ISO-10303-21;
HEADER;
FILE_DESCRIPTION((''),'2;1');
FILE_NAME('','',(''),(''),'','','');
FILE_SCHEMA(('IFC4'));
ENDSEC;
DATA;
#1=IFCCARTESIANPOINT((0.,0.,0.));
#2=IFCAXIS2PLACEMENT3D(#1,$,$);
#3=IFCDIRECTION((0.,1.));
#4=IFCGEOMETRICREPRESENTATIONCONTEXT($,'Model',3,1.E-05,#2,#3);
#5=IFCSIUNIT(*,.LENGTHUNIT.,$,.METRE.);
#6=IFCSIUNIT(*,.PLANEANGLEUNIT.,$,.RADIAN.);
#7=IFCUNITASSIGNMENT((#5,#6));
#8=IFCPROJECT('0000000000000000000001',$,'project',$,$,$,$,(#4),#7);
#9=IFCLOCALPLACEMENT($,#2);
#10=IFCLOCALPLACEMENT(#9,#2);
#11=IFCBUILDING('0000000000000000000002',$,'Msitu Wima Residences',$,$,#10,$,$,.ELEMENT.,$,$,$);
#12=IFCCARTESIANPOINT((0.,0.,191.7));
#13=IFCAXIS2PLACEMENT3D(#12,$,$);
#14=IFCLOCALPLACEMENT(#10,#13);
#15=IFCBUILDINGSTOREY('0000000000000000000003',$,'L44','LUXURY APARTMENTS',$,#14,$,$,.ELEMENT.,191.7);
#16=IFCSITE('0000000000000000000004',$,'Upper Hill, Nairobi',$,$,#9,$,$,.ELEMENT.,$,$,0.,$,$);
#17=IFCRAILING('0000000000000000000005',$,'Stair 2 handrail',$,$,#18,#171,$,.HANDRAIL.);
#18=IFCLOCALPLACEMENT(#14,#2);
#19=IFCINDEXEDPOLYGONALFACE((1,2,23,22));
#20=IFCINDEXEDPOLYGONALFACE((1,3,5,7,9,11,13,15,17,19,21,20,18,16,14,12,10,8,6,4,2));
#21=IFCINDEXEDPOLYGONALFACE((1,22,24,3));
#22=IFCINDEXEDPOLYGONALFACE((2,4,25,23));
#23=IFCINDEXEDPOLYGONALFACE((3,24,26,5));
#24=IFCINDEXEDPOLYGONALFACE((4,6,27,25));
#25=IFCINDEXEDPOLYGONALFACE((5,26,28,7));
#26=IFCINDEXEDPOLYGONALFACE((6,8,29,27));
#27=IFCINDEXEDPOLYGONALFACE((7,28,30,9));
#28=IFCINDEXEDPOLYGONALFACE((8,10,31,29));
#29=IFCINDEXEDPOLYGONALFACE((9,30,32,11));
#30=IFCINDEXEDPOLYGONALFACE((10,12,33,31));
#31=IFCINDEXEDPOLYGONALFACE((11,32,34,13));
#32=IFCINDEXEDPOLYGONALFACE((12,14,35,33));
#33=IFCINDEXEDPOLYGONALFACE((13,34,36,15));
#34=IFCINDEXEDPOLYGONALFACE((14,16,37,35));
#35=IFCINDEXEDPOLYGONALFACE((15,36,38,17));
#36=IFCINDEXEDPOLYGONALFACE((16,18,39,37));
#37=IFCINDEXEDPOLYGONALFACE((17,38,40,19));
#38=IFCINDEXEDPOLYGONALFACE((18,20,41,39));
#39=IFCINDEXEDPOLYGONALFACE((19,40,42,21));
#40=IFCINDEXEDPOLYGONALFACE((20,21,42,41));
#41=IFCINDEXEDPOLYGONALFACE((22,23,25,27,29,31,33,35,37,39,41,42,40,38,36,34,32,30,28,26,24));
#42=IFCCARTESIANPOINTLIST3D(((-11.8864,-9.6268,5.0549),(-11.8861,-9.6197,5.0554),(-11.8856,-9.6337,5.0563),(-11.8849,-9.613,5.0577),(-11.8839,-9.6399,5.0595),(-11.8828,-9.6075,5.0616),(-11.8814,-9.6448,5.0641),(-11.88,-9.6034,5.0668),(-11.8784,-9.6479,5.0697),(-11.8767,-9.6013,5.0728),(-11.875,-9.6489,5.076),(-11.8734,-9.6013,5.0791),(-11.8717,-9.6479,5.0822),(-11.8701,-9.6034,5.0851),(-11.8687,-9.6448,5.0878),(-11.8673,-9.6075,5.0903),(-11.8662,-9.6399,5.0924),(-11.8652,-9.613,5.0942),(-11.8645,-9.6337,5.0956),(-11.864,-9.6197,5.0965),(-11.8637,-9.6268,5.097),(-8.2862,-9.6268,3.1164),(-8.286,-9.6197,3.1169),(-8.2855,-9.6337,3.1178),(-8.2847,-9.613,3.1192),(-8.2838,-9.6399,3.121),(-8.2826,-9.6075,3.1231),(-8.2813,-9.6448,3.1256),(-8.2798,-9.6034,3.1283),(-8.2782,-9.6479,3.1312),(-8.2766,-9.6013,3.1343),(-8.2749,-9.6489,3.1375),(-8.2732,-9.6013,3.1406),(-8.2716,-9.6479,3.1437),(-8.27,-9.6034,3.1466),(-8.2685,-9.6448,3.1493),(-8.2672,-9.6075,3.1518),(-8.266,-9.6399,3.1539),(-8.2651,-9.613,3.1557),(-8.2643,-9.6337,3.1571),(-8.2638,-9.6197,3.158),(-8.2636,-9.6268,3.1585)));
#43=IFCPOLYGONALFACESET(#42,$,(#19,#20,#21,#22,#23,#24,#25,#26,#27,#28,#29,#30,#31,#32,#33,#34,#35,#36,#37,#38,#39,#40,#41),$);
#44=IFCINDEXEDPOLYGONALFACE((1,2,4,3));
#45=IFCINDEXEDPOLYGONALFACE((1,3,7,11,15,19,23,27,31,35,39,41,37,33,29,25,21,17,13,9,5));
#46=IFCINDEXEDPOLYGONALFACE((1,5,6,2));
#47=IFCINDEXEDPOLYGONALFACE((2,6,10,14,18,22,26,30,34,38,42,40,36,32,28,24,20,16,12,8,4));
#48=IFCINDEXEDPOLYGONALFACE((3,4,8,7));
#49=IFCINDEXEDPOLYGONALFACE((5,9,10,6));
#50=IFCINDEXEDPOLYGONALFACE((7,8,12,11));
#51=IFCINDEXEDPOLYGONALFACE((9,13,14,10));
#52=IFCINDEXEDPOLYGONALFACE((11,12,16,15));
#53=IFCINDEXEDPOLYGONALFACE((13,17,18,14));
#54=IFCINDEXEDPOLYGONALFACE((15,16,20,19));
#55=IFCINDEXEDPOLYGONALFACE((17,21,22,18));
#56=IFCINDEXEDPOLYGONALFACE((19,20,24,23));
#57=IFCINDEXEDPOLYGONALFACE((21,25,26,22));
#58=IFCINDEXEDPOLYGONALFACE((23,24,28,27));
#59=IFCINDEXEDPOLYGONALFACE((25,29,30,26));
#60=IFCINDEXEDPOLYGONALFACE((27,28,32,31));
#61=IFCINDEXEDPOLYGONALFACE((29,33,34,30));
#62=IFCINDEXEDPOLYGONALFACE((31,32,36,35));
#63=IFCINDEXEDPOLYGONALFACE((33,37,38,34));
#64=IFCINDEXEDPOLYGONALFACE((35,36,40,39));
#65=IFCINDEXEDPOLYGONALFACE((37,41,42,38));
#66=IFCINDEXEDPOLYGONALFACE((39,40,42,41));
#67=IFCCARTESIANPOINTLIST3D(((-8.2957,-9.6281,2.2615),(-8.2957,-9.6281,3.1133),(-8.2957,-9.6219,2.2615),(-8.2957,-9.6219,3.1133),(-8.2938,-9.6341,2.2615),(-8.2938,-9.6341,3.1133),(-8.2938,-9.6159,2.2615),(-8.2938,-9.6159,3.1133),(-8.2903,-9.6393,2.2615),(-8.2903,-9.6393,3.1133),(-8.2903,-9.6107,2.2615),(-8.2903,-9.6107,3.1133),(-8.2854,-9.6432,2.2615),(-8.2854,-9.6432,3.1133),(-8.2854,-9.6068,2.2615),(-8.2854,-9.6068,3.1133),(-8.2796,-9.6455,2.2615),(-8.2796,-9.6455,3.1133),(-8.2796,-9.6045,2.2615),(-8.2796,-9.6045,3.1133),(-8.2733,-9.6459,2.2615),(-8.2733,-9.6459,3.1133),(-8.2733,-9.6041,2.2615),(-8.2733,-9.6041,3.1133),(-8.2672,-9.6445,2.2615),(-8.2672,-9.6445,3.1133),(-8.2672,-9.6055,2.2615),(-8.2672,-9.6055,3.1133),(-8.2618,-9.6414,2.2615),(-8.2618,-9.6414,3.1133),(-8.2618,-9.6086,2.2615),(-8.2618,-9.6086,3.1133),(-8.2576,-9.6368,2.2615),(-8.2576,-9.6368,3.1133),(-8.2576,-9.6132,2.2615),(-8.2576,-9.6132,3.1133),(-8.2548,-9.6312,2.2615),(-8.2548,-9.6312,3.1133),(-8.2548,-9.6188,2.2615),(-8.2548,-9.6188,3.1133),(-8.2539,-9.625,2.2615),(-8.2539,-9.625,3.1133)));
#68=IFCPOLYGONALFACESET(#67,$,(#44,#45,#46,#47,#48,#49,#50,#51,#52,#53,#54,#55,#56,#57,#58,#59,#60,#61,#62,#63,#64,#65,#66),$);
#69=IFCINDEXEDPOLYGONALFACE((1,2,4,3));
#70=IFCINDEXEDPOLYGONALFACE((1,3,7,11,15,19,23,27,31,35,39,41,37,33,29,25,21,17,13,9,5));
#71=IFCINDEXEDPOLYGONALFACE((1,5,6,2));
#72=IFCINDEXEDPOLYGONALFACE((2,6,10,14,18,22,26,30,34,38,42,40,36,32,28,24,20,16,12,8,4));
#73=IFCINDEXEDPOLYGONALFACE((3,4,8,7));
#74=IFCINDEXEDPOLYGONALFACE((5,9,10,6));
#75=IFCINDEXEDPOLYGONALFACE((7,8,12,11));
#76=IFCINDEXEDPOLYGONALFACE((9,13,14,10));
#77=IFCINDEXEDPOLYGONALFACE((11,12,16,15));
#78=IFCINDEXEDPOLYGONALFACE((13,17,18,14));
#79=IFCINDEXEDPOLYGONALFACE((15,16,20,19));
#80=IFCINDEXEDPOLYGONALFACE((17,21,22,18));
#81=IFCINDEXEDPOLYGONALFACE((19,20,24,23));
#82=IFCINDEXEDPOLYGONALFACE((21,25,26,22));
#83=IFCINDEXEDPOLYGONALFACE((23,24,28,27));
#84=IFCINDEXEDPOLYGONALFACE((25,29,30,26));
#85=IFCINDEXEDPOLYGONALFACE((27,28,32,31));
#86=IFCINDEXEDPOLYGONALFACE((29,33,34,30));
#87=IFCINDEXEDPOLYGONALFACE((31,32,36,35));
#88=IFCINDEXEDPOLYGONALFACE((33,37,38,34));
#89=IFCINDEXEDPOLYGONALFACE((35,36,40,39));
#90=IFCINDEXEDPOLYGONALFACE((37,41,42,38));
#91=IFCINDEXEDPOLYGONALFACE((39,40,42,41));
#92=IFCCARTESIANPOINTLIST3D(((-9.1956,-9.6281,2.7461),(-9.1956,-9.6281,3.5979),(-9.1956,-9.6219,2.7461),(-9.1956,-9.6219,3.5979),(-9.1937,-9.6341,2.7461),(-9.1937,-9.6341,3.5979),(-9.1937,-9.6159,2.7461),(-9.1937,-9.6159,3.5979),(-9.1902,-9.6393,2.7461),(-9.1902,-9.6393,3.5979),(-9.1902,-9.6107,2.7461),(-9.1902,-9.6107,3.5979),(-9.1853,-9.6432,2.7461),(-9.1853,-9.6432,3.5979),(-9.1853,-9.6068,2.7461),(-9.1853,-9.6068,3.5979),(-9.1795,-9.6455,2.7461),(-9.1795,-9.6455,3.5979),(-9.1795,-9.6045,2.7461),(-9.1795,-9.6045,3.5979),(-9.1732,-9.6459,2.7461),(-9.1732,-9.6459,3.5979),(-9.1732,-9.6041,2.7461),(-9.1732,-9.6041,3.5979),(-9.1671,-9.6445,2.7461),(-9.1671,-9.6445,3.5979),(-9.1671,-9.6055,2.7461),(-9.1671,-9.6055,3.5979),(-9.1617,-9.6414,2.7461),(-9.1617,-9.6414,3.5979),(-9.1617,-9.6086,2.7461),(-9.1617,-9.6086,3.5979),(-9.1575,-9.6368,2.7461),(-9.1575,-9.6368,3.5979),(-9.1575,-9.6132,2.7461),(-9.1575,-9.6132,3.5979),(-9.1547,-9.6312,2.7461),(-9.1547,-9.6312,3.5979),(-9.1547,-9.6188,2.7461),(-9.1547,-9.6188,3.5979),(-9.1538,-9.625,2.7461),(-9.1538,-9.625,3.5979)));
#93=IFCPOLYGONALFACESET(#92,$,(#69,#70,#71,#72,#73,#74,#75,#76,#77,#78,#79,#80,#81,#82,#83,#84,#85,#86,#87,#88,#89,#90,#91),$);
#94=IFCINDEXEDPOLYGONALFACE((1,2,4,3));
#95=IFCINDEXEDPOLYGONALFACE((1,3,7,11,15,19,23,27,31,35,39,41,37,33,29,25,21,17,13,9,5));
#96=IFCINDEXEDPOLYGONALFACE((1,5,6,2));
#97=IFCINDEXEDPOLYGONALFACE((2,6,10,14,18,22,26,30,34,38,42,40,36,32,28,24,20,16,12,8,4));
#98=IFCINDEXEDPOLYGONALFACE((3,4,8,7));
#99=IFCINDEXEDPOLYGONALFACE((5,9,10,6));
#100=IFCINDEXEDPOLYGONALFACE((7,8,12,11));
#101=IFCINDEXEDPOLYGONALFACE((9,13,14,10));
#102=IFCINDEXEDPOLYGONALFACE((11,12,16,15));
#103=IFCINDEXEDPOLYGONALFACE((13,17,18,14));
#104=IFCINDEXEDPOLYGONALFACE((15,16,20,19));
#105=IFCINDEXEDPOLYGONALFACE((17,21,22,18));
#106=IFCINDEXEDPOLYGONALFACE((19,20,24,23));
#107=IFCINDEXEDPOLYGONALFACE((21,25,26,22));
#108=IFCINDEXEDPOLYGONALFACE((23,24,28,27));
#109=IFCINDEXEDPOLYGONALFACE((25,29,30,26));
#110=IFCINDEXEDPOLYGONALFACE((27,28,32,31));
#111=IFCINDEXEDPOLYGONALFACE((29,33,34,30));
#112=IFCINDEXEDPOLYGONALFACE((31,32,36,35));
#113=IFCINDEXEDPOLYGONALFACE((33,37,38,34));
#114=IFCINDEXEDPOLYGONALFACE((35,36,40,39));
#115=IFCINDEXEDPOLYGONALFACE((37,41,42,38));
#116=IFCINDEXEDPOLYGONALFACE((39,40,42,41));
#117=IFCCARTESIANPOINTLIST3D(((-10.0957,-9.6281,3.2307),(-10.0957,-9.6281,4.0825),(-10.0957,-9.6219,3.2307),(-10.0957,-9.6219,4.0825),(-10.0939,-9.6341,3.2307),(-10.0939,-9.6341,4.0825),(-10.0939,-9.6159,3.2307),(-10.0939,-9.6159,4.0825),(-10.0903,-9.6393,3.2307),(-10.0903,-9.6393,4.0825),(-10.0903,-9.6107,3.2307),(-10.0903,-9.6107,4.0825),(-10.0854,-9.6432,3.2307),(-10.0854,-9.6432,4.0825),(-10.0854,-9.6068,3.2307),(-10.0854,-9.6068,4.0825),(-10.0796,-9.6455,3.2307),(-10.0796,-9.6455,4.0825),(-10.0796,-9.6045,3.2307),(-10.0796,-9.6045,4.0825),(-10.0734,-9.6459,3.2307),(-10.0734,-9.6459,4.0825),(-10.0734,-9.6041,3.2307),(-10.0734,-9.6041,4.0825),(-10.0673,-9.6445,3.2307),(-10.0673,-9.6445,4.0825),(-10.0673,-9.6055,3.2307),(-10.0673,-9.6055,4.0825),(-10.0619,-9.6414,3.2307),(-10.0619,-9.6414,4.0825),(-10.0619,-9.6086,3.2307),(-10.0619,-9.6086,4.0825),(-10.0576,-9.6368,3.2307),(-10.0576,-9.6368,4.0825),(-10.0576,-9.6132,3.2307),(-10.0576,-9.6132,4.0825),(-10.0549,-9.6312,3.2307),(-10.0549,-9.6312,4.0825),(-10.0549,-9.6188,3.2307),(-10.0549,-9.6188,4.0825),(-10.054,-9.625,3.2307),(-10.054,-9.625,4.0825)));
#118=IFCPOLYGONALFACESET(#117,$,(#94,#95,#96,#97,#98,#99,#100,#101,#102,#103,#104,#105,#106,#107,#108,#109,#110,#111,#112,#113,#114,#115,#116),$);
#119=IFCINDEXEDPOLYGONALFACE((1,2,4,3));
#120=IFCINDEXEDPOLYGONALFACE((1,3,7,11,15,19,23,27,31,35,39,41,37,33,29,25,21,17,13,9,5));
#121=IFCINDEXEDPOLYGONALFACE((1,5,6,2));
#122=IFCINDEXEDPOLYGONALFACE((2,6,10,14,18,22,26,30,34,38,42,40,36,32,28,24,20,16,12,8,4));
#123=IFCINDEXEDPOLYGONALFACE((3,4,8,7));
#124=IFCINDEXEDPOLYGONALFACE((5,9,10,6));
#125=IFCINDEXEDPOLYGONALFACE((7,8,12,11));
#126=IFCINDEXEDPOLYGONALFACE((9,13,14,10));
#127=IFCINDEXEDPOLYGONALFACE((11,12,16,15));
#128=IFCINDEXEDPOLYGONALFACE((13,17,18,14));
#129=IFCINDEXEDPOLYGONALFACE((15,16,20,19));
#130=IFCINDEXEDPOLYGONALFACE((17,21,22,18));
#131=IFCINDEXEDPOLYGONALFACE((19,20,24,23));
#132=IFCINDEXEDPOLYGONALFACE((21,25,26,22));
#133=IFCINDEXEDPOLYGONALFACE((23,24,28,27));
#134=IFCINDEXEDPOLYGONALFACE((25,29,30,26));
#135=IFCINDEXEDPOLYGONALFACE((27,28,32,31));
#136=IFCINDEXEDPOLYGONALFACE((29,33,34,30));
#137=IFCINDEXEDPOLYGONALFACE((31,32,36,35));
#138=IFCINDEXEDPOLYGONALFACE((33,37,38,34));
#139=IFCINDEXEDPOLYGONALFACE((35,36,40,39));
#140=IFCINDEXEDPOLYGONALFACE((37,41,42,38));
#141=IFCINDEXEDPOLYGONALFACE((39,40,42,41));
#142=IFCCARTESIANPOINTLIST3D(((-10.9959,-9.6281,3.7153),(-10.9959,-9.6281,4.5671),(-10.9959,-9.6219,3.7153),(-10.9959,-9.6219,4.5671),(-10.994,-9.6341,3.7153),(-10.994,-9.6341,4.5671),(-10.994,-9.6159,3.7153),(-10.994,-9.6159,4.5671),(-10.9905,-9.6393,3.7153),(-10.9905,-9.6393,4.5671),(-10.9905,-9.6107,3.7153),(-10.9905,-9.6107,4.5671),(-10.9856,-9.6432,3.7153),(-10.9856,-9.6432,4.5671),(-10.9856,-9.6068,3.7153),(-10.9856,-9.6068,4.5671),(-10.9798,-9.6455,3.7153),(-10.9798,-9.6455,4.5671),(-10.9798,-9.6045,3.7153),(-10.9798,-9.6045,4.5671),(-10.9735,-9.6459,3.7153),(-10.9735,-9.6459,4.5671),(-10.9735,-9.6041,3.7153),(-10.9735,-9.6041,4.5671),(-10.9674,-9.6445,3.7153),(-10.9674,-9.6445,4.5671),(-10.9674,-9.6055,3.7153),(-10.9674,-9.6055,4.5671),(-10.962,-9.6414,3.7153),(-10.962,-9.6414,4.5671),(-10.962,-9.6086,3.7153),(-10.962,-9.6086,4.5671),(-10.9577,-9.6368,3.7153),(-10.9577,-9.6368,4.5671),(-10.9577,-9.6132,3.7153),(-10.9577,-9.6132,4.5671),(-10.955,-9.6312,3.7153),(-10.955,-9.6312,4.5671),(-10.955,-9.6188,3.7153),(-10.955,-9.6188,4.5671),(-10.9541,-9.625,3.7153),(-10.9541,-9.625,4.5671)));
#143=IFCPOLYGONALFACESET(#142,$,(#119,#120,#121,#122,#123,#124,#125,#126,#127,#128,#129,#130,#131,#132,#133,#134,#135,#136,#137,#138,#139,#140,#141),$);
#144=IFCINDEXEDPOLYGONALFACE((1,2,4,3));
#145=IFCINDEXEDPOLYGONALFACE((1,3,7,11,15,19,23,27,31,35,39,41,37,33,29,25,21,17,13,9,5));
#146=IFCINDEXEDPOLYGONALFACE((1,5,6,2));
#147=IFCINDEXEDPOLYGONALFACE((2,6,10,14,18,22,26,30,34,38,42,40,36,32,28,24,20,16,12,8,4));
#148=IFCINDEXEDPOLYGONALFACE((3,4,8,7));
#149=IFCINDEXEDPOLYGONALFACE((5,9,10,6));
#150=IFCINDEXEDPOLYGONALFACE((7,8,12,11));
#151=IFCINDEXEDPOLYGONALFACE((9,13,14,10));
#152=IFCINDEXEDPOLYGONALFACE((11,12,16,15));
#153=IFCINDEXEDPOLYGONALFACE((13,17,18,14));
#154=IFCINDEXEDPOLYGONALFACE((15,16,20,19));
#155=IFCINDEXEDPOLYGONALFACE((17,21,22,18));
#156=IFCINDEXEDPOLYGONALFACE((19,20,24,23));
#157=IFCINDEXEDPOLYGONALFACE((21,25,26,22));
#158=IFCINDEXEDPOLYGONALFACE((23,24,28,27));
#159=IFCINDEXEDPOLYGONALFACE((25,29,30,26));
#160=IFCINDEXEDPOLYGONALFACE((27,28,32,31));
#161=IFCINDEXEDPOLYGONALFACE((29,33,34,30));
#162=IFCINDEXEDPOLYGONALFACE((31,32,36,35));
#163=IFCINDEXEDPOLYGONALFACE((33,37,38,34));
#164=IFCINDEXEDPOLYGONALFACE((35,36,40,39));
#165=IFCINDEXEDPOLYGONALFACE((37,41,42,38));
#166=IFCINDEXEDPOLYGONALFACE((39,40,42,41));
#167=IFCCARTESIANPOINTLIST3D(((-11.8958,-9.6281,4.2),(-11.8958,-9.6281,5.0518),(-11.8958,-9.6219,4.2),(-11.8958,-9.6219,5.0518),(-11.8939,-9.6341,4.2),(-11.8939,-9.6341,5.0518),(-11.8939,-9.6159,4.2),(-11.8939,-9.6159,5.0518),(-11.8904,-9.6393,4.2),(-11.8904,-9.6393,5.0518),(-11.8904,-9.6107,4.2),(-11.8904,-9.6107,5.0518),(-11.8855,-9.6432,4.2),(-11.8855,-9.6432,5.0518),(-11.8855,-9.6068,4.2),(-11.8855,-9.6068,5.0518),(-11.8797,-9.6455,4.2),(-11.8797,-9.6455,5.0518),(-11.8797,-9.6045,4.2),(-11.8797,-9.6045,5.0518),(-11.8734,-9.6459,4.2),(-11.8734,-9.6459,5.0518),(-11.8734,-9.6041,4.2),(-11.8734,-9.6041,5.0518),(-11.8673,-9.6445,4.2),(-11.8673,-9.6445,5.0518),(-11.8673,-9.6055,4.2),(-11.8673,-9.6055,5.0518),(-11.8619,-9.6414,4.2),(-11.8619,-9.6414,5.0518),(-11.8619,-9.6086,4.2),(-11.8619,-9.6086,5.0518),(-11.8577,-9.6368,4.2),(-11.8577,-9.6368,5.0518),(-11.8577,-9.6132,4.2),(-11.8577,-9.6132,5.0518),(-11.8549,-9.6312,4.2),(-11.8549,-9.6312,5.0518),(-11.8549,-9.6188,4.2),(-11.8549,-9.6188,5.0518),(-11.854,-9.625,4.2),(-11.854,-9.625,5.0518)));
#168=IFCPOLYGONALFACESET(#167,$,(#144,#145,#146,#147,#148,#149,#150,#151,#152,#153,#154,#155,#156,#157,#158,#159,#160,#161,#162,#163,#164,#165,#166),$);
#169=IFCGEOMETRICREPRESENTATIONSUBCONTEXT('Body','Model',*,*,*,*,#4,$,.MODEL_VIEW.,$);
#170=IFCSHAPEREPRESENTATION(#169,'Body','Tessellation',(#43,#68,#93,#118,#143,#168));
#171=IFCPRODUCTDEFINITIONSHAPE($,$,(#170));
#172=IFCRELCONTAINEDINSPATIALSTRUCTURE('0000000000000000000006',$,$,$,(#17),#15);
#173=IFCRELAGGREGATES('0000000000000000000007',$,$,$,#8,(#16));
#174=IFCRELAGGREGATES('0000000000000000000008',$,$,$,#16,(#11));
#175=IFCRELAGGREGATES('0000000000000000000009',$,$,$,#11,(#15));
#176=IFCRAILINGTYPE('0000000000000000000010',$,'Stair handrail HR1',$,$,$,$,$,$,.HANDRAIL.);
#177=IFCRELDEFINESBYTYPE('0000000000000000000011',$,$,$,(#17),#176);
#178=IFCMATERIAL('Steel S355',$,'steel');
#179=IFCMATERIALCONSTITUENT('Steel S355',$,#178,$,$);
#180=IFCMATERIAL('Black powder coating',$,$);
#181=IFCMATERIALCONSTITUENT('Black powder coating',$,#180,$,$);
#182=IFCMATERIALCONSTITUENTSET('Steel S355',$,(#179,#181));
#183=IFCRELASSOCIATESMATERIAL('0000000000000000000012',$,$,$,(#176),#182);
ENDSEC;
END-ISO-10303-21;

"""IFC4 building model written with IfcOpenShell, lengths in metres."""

from ifc_helpers import new_model, si_unit, direction, frame, origin, origin_2d, place, context, subcontext, project, spatial, circle, extrude, material, constituent, constituent_set, type_object, element, save


model = new_model("IFC4")

# Units and contexts
model_context = context("Model", 3, precision=1e-05, world=origin(), true_north=direction((0.0, 1.0)))
body_context = subcontext(model_context, "Body", "Model", "MODEL_VIEW")
ifc_project = project(units=[si_unit("LENGTHUNIT", "METRE"), si_unit("PLANEANGLEUNIT", "RADIAN")], contexts=[model_context])

# Site, building, storey
site_placement = place(None, origin())
site = spatial("IfcSite", under=ifc_project, at=site_placement, Name="Upper Hill, Nairobi", CompositionType="ELEMENT", RefElevation=0.0)
building_placement = place(site_placement, origin())
building = spatial("IfcBuilding", under=site, at=building_placement, Name="Msitu Wima Residences", CompositionType="ELEMENT")
storey_placement = place(building_placement, frame((0.0, 0.0, 191.7)))
storey = spatial("IfcBuildingStorey", under=building, at=storey_placement, Name="L44", Description="LUXURY APARTMENTS", CompositionType="ELEMENT", Elevation=191.7)

# Railing
ifc_material_1 = material(Name="Steel S355", Category="steel")
ifc_constituent_1 = constituent(ifc_material_1, Name="Steel S355")
ifc_material_2 = material(Name="Black powder coating")
ifc_constituent_2 = constituent(ifc_material_2, Name="Black powder coating")
ifc_constituent_set = constituent_set(constituents=[ifc_constituent_1, ifc_constituent_2], Name="Steel S355")
railing_type = type_object("IfcRailingType", Name="Stair handrail HR1", PredefinedType="HANDRAIL", material=ifc_constituent_set)
for number, where, name in (
    (1, (-8.2749, -9.625, 2.2615), "Stair 2 handrail"),
):
    element("IfcRailing", number, at=place(storey_placement, frame(where)), inside=storey, type_object=railing_type, Name=name, PredefinedType="HANDRAIL", context=body_context, shape_type="SweptSolid", body=[
        extrude(circle(Radius=0.0239, at=origin_2d()), frame((0.0, 0.0, 0.876), z_axis=(-0.880475, 0.0, 0.474093), x_axis=(0.0, -1.0, 0.0)), (0.0, 0.0, 1.0), 4.0889),
        extrude(circle(Radius=0.021, at=origin_2d()), origin(), (0.0, 0.0, 1.0), 0.8518),
        extrude(circle(Radius=0.021, at=origin_2d()), frame((-0.8999, 0.0, 0.4846)), (0.0, 0.0, 1.0), 0.8518),
        extrude(circle(Radius=0.021, at=origin_2d()), frame((-1.8, 0.0, 0.9692)), (0.0, 0.0, 1.0), 0.8518),
        extrude(circle(Radius=0.021, at=origin_2d()), frame((-2.7002, 0.0, 1.4539)), (0.0, 0.0, 1.0), 0.8518),
        extrude(circle(Radius=0.021, at=origin_2d()), frame((-3.6001, 0.0, 1.9385)), (0.0, 0.0, 1.0), 0.8518),
    ])

save(model, "model.ifc")
